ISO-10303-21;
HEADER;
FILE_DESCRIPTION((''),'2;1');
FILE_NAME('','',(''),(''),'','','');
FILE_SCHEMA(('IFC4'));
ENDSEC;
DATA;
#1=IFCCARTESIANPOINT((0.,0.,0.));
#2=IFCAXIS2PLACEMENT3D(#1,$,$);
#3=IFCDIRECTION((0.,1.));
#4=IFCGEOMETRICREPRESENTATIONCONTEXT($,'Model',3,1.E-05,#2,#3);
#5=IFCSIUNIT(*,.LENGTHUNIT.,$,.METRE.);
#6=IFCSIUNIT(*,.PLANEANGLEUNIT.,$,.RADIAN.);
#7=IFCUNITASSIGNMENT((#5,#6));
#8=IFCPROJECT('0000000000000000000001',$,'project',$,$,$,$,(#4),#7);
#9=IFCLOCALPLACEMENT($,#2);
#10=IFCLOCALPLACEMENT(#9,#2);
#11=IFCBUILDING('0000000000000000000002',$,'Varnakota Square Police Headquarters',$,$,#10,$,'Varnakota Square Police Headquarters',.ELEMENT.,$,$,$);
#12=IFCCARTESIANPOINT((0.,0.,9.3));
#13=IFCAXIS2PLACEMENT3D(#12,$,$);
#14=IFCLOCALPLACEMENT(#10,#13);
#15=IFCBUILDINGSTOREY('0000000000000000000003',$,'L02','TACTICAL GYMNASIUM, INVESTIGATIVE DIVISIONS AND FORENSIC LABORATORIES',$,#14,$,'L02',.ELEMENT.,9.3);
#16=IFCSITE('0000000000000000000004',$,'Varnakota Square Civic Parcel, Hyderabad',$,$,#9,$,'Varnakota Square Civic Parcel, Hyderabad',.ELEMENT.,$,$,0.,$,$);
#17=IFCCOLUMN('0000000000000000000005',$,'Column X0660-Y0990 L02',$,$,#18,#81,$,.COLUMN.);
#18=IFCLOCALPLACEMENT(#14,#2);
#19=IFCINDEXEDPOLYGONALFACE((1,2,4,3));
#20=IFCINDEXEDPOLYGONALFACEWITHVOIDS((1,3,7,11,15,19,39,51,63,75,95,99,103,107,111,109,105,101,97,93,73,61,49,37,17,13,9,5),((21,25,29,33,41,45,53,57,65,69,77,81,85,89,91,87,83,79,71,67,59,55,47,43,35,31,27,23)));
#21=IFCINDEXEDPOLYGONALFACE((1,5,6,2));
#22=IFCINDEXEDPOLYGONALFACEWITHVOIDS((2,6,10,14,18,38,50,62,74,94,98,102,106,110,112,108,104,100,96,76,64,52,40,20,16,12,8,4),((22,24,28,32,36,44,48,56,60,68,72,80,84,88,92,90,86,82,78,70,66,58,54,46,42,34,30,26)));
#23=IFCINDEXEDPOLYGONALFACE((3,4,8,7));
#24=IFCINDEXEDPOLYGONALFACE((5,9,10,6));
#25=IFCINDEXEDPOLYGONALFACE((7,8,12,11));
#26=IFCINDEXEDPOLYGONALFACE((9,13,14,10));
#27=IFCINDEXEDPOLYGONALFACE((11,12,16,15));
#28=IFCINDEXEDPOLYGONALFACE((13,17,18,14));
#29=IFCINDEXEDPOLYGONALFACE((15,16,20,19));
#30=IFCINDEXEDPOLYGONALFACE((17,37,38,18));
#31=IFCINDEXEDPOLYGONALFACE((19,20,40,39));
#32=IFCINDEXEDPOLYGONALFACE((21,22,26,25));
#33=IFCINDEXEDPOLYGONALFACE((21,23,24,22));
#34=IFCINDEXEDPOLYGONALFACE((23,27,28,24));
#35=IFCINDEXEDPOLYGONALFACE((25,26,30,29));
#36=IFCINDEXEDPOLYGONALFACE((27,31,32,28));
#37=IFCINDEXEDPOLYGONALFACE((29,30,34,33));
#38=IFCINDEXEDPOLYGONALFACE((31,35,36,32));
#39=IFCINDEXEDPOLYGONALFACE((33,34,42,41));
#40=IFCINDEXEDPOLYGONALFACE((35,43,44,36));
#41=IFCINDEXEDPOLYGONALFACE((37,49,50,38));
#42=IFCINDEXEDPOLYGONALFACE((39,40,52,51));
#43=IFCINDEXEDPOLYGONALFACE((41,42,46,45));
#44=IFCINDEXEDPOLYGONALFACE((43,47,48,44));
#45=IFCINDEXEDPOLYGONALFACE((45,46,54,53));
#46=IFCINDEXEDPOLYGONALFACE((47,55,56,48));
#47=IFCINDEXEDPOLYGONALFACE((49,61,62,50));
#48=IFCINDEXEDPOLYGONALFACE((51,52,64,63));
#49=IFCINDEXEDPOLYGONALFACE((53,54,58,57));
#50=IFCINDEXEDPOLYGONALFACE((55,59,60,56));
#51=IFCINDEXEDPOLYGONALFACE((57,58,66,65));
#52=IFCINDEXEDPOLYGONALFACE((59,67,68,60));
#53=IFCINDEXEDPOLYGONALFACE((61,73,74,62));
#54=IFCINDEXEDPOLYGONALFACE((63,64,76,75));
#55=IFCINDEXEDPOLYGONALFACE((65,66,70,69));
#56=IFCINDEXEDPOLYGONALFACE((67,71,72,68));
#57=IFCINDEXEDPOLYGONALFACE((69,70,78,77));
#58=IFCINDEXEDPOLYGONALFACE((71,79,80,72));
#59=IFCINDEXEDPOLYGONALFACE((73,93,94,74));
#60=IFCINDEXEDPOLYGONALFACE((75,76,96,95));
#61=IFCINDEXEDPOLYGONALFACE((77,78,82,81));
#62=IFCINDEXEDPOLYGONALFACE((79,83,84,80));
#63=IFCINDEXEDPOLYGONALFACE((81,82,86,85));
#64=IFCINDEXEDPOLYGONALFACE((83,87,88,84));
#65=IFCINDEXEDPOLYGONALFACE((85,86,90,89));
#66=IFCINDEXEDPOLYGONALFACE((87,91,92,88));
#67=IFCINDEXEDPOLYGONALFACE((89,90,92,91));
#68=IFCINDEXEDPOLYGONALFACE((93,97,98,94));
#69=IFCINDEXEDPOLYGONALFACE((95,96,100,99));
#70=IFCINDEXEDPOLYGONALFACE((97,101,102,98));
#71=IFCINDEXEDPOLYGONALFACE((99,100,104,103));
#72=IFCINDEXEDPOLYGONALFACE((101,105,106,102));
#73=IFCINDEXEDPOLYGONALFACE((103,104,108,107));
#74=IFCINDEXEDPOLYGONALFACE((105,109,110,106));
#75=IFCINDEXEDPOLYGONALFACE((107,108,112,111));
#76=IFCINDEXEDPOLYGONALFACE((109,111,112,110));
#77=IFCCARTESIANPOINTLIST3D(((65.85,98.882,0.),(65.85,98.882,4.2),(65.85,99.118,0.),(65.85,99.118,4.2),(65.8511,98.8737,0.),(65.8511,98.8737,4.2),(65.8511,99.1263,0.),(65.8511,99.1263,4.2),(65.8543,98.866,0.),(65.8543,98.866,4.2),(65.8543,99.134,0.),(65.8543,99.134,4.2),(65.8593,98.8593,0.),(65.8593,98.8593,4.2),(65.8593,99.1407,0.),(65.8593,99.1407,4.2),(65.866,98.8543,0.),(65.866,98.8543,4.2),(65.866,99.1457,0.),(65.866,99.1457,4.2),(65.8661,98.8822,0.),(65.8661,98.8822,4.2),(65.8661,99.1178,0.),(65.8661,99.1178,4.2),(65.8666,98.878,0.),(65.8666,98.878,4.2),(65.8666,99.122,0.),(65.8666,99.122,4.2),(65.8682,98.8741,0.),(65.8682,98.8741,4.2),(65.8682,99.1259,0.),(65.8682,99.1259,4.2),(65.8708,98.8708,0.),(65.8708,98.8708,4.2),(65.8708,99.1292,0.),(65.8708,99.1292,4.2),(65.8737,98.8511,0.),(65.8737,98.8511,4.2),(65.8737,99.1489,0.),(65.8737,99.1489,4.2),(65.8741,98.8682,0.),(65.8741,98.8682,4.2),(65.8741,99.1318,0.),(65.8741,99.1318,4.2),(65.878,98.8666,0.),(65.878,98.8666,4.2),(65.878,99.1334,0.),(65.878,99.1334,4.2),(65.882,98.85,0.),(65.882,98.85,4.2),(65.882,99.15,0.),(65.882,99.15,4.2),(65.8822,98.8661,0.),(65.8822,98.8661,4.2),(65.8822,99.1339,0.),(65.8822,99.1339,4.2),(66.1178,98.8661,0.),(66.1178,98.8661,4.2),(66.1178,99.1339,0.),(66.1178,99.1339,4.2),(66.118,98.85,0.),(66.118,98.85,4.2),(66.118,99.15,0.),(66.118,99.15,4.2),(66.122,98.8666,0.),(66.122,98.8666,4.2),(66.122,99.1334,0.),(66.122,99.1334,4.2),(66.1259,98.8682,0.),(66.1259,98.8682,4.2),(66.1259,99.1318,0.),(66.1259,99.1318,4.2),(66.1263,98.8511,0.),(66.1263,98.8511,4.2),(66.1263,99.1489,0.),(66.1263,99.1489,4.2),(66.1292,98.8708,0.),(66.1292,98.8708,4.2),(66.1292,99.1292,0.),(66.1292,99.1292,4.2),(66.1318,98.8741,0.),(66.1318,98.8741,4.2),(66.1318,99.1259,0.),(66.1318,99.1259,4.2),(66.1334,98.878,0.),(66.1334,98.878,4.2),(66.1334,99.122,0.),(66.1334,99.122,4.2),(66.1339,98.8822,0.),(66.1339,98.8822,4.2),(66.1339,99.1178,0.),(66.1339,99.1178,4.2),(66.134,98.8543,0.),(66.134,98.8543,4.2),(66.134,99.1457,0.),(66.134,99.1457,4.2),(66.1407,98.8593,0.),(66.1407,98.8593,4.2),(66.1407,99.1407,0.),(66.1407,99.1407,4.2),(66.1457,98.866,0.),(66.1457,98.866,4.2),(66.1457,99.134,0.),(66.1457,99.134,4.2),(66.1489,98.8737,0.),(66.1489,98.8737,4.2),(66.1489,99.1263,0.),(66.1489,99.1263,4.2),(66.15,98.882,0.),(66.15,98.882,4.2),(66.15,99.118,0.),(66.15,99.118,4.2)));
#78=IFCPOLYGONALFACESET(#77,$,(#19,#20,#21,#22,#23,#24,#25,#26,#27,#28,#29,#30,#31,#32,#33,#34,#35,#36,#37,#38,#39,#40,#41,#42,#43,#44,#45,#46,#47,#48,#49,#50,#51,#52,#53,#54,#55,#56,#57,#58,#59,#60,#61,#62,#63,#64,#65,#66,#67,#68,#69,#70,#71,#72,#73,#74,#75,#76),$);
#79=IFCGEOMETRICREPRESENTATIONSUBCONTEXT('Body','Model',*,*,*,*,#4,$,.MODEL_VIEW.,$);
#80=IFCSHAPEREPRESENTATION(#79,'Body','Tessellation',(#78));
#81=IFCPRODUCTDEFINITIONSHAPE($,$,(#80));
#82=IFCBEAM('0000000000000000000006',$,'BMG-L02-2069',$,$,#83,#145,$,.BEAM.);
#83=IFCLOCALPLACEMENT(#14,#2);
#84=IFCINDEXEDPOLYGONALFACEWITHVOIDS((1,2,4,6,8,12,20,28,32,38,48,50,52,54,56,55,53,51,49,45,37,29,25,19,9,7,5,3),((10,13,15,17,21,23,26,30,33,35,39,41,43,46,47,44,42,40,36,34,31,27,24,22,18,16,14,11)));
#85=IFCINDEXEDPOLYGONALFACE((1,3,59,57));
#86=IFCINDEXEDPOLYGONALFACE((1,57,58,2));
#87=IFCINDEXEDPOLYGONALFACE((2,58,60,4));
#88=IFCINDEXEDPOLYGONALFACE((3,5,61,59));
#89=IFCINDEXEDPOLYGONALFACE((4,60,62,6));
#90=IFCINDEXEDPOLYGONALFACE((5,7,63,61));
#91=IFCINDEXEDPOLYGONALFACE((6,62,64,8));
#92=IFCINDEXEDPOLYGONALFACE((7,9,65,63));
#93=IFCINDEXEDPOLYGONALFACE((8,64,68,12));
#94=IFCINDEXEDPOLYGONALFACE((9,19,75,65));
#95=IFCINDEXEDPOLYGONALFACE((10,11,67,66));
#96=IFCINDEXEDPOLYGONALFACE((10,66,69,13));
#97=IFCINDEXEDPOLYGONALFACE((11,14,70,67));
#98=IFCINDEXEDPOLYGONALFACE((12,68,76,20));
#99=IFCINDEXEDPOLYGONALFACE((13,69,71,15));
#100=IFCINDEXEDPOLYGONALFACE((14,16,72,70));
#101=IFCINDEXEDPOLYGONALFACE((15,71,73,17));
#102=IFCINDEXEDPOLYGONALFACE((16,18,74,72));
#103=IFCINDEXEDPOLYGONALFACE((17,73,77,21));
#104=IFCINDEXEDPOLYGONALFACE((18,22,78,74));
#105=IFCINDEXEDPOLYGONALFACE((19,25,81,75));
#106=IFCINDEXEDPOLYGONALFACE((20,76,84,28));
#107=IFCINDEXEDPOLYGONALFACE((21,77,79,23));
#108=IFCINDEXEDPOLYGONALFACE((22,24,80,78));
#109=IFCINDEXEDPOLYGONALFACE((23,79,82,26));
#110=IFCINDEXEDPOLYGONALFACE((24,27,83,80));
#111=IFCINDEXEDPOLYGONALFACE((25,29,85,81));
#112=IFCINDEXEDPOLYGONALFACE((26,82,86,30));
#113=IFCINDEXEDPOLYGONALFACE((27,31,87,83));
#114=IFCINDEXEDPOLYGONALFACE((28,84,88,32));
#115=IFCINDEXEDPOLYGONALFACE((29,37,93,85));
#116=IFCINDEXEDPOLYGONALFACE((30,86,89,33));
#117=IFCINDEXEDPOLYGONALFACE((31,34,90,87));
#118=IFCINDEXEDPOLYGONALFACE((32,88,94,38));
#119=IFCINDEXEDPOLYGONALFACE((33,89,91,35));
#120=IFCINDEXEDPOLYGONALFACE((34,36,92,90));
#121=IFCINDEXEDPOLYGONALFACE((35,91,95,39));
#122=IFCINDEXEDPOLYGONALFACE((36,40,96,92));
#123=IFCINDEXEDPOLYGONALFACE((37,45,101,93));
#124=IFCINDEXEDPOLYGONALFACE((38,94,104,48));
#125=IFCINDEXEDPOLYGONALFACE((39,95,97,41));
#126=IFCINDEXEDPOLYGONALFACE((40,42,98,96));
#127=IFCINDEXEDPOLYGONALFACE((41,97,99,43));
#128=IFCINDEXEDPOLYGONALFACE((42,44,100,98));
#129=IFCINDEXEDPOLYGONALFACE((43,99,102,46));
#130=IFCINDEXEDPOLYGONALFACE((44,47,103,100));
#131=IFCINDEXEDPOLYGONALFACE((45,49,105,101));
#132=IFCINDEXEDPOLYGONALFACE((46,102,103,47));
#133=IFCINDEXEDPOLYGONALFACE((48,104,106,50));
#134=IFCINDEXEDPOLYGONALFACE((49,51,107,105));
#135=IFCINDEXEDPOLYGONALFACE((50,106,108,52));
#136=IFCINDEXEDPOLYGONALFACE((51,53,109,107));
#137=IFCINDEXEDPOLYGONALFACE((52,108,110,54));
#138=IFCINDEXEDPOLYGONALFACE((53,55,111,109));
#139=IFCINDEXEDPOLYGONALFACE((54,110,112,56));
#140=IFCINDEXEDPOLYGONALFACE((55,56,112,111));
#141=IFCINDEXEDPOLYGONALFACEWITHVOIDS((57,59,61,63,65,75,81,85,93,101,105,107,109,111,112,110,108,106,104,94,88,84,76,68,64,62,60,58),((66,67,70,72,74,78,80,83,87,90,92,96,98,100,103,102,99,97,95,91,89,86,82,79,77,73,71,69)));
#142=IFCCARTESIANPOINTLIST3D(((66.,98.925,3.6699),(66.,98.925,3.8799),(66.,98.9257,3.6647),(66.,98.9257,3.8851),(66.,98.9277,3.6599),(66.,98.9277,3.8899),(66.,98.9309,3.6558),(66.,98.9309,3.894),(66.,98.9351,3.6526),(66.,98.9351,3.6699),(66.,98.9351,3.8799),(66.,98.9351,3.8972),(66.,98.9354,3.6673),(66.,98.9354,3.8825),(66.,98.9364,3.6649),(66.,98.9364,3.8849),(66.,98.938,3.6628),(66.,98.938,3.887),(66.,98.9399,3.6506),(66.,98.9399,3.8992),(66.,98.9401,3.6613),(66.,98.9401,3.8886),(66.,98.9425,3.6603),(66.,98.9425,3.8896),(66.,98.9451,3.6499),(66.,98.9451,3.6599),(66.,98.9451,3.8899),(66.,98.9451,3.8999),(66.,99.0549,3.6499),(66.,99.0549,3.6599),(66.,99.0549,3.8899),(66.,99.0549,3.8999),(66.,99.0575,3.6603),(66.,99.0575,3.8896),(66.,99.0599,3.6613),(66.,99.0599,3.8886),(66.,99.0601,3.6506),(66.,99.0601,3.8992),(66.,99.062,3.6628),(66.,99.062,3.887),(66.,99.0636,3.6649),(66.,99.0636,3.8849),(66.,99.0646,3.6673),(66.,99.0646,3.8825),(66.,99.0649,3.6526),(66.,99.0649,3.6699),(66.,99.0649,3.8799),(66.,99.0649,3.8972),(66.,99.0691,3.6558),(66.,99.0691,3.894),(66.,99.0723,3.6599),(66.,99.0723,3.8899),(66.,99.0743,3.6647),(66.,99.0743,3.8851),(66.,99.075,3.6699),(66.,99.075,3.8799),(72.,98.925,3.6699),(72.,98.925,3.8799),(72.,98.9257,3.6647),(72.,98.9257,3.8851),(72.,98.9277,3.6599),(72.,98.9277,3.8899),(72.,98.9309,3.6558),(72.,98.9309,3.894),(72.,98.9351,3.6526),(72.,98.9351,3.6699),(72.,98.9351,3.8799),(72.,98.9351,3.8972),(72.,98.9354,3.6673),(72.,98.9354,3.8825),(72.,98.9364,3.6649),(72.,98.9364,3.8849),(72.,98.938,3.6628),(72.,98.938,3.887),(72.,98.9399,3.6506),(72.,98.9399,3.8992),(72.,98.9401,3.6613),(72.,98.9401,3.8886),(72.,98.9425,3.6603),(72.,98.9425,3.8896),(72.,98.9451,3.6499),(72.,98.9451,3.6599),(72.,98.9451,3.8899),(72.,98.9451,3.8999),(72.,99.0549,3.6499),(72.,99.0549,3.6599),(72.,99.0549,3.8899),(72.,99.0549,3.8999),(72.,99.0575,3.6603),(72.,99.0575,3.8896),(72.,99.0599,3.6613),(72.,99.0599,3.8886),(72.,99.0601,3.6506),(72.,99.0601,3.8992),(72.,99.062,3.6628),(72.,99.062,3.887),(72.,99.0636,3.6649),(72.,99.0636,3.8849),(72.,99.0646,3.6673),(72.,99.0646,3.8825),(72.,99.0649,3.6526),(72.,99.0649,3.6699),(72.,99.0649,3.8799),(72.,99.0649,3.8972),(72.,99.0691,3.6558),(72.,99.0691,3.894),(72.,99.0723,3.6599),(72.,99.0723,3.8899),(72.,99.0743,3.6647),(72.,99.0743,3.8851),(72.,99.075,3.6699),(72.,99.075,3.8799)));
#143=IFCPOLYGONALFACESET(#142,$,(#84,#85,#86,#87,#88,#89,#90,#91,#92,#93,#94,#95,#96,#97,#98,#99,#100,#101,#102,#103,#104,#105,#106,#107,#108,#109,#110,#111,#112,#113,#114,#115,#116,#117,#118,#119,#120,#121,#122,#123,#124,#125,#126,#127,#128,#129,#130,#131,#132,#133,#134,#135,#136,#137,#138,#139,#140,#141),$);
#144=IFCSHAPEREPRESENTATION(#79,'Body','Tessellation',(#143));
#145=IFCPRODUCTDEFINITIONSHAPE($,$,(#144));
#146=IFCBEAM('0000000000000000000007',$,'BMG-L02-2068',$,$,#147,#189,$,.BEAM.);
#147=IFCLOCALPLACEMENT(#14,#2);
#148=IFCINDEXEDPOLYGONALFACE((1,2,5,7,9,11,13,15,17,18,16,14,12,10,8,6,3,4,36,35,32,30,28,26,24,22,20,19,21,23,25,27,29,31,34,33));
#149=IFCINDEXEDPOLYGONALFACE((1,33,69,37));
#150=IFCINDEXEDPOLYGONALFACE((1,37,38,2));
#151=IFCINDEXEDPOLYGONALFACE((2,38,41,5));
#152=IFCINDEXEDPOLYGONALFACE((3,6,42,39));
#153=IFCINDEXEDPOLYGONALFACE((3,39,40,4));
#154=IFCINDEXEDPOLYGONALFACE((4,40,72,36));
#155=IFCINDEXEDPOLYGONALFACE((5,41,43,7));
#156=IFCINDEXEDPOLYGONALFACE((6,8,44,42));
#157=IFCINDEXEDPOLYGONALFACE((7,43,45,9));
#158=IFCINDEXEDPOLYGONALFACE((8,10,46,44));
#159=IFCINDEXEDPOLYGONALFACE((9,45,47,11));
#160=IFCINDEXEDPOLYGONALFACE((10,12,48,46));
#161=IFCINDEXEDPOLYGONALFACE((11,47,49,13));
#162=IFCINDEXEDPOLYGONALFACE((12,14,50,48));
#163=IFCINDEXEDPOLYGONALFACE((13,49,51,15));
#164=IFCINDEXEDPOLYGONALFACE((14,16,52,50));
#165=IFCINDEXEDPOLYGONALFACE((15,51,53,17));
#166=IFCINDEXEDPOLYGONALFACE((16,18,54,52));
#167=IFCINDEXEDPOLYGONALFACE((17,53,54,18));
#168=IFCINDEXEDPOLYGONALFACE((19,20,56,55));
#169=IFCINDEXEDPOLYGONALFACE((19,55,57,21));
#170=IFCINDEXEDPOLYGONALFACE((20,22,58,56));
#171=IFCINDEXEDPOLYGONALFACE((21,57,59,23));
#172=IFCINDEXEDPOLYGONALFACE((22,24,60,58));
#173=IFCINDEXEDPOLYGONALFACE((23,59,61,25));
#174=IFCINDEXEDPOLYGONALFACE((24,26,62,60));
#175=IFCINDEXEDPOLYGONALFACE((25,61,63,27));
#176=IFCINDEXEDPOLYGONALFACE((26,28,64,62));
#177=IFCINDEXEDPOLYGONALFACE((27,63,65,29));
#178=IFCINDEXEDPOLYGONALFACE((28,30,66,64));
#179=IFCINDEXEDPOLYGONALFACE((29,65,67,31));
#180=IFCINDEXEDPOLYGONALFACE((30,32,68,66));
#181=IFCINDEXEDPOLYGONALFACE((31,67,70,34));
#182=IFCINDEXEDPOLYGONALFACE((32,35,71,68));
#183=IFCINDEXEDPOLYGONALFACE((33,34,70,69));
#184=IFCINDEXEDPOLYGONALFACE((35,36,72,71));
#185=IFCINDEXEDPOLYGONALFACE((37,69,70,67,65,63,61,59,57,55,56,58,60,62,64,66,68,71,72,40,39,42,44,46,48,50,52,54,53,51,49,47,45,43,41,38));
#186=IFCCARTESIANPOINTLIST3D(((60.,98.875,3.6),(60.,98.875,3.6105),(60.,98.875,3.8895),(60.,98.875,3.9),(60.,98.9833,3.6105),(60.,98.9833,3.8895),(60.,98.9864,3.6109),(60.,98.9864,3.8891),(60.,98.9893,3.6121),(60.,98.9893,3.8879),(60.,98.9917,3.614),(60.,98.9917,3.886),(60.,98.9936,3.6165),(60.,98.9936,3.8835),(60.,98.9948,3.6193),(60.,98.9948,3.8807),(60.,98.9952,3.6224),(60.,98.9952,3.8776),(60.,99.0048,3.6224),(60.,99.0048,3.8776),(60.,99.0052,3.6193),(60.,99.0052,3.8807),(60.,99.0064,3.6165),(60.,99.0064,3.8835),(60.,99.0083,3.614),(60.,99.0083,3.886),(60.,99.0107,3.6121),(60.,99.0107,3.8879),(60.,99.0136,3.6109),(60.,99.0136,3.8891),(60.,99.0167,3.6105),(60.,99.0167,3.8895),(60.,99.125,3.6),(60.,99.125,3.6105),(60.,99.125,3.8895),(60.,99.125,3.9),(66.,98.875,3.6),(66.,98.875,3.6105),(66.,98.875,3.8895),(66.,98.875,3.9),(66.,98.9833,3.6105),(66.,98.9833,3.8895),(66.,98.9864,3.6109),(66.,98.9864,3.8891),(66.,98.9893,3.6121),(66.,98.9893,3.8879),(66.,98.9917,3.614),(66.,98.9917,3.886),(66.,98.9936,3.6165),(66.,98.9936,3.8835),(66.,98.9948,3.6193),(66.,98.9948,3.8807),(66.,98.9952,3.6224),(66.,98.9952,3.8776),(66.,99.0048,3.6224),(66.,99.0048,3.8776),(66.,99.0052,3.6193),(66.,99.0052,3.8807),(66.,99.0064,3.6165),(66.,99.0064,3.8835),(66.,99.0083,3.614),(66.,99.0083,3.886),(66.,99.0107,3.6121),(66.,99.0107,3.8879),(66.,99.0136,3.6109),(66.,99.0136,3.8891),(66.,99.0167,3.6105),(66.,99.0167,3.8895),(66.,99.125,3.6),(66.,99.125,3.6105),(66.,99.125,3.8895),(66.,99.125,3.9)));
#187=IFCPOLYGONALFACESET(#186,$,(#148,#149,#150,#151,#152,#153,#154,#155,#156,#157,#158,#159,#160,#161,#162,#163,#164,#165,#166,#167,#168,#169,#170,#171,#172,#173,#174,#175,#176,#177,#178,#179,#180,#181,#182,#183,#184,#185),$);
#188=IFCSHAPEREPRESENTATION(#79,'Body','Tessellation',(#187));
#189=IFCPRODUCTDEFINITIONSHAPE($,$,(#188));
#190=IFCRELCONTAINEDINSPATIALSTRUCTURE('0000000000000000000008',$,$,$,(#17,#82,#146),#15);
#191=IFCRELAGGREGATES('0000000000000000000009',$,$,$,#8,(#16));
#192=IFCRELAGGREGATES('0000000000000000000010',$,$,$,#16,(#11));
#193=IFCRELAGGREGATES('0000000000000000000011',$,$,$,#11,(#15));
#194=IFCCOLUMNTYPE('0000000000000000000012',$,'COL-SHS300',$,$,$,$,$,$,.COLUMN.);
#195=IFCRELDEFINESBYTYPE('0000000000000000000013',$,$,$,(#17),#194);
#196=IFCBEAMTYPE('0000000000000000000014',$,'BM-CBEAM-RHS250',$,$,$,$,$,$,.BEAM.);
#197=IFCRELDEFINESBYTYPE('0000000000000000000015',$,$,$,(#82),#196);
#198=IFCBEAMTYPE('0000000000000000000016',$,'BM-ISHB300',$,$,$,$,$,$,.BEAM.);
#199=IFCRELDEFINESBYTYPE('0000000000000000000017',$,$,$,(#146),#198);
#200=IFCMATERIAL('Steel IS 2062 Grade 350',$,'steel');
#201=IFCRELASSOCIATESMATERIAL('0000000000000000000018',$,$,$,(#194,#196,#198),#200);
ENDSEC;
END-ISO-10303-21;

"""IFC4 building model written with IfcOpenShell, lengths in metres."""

from ifc_helpers import new_model, si_unit, direction, frame, origin, origin_2d, place, context, subcontext, project, spatial, hollow_rectangle, i_section, extrude, material, material_profile, profile_set, type_object, element, save


model = new_model("IFC4")

# Units and contexts
model_context = context("Model", 3, precision=1e-05, world=origin(), true_north=direction((0.0, 1.0)))
body_context = subcontext(model_context, "Body", "Model", "MODEL_VIEW")
ifc_project = project(units=[si_unit("LENGTHUNIT", "METRE"), si_unit("PLANEANGLEUNIT", "RADIAN")], contexts=[model_context])

# Site, building, storey
site_placement = place(None, origin())
site = spatial("IfcSite", under=ifc_project, at=site_placement, Name="Varnakota Square Civic Parcel, Hyderabad", LongName="Varnakota Square Civic Parcel, Hyderabad", CompositionType="ELEMENT", RefElevation=0.0)
building_placement = place(site_placement, origin())
building = spatial("IfcBuilding", under=site, at=building_placement, Name="Varnakota Square Police Headquarters", LongName="Varnakota Square Police Headquarters", CompositionType="ELEMENT")
storey_placement = place(building_placement, frame((0.0, 0.0, 9.3)))
storey = spatial("IfcBuildingStorey", under=building, at=storey_placement, Name="L02", Description="TACTICAL GYMNASIUM, INVESTIGATIVE DIVISIONS AND FORENSIC LABORATORIES", LongName="L02", CompositionType="ELEMENT", Elevation=9.3)

# Column
ifc_material_1 = material(Name="Steel IS 2062 Grade 350", Category="steel")
ifc_material_profile_1 = material_profile(ifc_material_1, hollow_rectangle(XDim=0.3, YDim=0.3, WallThickness=0.0161, InnerFilletRadius=0.0161, OuterFilletRadius=0.032, at=origin_2d()), Name="SHS 300x300x16")
ifc_profile_set_1 = profile_set([ifc_material_profile_1], Name="Steel IS 2062 Grade 350")
column_type = type_object("IfcColumnType", Name="COL-SHS300", PredefinedType="COLUMN", material=ifc_profile_set_1)
column_placement = place(storey_placement, frame((66.0, 99.0, 0.0), z_axis=(0.0, 0.0, 1.0), x_axis=(1.0, 0.0, 0.0)))
element("IfcColumn", 1, at=column_placement, inside=storey, type_object=column_type, Name="Column X0660-Y0990 L02", PredefinedType="COLUMN", context=body_context, shape_type="SweptSolid", body=[
    extrude(hollow_rectangle(XDim=0.3, YDim=0.3, WallThickness=0.0161, InnerFilletRadius=0.0161, OuterFilletRadius=0.032, at=origin_2d()), origin(), (0.0, 0.0, 1.0), 4.2),
])

# Beams
ifc_material_profile_2 = material_profile(ifc_material_1, hollow_rectangle(XDim=0.1499, YDim=0.25, WallThickness=0.01, InnerFilletRadius=0.01, OuterFilletRadius=0.02, at=origin_2d()), Name="RHS 250x150x10")
ifc_profile_set_2 = profile_set([ifc_material_profile_2], Name="Steel IS 2062 Grade 350")
beam_type_1 = type_object("IfcBeamType", Name="BM-CBEAM-RHS250", PredefinedType="BEAM", material=ifc_profile_set_2)
beam_1_placement = place(storey_placement, frame((66.0, 99.0, 3.7749), z_axis=(1.0, 0.0, 0.0), x_axis=(0.0, 1.0, 0.0)))
element("IfcBeam", 2, at=beam_1_placement, inside=storey, type_object=beam_type_1, Name="BMG-L02-2069", PredefinedType="BEAM", context=body_context, shape_type="SweptSolid", body=[
    extrude(hollow_rectangle(XDim=0.1499, YDim=0.25, WallThickness=0.01, InnerFilletRadius=0.01, OuterFilletRadius=0.02, at=origin_2d()), origin(), (0.0, 0.0, 1.0), 6.0),
])
ifc_material_profile_3 = material_profile(ifc_material_1, i_section(OverallWidth=0.25, OverallDepth=0.3, WebThickness=0.0095, FlangeThickness=0.0105, FilletRadius=0.012, at=origin_2d()), Name="ISHB 300")
ifc_profile_set_3 = profile_set([ifc_material_profile_3], Name="Steel IS 2062 Grade 350")
beam_type_2 = type_object("IfcBeamType", Name="BM-ISHB300", PredefinedType="BEAM", material=ifc_profile_set_3)
beam_2_placement = place(storey_placement, frame((60.0, 99.0, 3.75), z_axis=(1.0, 0.0, 0.0), x_axis=(0.0, 1.0, 0.0)))
element("IfcBeam", 3, at=beam_2_placement, inside=storey, type_object=beam_type_2, Name="BMG-L02-2068", PredefinedType="BEAM", context=body_context, shape_type="SweptSolid", body=[
    extrude(i_section(OverallWidth=0.25, OverallDepth=0.3, WebThickness=0.0095, FlangeThickness=0.0105, FilletRadius=0.012, at=origin_2d()), origin(), (0.0, 0.0, 1.0), 6.0),
])

save(model, "model.ifc")
